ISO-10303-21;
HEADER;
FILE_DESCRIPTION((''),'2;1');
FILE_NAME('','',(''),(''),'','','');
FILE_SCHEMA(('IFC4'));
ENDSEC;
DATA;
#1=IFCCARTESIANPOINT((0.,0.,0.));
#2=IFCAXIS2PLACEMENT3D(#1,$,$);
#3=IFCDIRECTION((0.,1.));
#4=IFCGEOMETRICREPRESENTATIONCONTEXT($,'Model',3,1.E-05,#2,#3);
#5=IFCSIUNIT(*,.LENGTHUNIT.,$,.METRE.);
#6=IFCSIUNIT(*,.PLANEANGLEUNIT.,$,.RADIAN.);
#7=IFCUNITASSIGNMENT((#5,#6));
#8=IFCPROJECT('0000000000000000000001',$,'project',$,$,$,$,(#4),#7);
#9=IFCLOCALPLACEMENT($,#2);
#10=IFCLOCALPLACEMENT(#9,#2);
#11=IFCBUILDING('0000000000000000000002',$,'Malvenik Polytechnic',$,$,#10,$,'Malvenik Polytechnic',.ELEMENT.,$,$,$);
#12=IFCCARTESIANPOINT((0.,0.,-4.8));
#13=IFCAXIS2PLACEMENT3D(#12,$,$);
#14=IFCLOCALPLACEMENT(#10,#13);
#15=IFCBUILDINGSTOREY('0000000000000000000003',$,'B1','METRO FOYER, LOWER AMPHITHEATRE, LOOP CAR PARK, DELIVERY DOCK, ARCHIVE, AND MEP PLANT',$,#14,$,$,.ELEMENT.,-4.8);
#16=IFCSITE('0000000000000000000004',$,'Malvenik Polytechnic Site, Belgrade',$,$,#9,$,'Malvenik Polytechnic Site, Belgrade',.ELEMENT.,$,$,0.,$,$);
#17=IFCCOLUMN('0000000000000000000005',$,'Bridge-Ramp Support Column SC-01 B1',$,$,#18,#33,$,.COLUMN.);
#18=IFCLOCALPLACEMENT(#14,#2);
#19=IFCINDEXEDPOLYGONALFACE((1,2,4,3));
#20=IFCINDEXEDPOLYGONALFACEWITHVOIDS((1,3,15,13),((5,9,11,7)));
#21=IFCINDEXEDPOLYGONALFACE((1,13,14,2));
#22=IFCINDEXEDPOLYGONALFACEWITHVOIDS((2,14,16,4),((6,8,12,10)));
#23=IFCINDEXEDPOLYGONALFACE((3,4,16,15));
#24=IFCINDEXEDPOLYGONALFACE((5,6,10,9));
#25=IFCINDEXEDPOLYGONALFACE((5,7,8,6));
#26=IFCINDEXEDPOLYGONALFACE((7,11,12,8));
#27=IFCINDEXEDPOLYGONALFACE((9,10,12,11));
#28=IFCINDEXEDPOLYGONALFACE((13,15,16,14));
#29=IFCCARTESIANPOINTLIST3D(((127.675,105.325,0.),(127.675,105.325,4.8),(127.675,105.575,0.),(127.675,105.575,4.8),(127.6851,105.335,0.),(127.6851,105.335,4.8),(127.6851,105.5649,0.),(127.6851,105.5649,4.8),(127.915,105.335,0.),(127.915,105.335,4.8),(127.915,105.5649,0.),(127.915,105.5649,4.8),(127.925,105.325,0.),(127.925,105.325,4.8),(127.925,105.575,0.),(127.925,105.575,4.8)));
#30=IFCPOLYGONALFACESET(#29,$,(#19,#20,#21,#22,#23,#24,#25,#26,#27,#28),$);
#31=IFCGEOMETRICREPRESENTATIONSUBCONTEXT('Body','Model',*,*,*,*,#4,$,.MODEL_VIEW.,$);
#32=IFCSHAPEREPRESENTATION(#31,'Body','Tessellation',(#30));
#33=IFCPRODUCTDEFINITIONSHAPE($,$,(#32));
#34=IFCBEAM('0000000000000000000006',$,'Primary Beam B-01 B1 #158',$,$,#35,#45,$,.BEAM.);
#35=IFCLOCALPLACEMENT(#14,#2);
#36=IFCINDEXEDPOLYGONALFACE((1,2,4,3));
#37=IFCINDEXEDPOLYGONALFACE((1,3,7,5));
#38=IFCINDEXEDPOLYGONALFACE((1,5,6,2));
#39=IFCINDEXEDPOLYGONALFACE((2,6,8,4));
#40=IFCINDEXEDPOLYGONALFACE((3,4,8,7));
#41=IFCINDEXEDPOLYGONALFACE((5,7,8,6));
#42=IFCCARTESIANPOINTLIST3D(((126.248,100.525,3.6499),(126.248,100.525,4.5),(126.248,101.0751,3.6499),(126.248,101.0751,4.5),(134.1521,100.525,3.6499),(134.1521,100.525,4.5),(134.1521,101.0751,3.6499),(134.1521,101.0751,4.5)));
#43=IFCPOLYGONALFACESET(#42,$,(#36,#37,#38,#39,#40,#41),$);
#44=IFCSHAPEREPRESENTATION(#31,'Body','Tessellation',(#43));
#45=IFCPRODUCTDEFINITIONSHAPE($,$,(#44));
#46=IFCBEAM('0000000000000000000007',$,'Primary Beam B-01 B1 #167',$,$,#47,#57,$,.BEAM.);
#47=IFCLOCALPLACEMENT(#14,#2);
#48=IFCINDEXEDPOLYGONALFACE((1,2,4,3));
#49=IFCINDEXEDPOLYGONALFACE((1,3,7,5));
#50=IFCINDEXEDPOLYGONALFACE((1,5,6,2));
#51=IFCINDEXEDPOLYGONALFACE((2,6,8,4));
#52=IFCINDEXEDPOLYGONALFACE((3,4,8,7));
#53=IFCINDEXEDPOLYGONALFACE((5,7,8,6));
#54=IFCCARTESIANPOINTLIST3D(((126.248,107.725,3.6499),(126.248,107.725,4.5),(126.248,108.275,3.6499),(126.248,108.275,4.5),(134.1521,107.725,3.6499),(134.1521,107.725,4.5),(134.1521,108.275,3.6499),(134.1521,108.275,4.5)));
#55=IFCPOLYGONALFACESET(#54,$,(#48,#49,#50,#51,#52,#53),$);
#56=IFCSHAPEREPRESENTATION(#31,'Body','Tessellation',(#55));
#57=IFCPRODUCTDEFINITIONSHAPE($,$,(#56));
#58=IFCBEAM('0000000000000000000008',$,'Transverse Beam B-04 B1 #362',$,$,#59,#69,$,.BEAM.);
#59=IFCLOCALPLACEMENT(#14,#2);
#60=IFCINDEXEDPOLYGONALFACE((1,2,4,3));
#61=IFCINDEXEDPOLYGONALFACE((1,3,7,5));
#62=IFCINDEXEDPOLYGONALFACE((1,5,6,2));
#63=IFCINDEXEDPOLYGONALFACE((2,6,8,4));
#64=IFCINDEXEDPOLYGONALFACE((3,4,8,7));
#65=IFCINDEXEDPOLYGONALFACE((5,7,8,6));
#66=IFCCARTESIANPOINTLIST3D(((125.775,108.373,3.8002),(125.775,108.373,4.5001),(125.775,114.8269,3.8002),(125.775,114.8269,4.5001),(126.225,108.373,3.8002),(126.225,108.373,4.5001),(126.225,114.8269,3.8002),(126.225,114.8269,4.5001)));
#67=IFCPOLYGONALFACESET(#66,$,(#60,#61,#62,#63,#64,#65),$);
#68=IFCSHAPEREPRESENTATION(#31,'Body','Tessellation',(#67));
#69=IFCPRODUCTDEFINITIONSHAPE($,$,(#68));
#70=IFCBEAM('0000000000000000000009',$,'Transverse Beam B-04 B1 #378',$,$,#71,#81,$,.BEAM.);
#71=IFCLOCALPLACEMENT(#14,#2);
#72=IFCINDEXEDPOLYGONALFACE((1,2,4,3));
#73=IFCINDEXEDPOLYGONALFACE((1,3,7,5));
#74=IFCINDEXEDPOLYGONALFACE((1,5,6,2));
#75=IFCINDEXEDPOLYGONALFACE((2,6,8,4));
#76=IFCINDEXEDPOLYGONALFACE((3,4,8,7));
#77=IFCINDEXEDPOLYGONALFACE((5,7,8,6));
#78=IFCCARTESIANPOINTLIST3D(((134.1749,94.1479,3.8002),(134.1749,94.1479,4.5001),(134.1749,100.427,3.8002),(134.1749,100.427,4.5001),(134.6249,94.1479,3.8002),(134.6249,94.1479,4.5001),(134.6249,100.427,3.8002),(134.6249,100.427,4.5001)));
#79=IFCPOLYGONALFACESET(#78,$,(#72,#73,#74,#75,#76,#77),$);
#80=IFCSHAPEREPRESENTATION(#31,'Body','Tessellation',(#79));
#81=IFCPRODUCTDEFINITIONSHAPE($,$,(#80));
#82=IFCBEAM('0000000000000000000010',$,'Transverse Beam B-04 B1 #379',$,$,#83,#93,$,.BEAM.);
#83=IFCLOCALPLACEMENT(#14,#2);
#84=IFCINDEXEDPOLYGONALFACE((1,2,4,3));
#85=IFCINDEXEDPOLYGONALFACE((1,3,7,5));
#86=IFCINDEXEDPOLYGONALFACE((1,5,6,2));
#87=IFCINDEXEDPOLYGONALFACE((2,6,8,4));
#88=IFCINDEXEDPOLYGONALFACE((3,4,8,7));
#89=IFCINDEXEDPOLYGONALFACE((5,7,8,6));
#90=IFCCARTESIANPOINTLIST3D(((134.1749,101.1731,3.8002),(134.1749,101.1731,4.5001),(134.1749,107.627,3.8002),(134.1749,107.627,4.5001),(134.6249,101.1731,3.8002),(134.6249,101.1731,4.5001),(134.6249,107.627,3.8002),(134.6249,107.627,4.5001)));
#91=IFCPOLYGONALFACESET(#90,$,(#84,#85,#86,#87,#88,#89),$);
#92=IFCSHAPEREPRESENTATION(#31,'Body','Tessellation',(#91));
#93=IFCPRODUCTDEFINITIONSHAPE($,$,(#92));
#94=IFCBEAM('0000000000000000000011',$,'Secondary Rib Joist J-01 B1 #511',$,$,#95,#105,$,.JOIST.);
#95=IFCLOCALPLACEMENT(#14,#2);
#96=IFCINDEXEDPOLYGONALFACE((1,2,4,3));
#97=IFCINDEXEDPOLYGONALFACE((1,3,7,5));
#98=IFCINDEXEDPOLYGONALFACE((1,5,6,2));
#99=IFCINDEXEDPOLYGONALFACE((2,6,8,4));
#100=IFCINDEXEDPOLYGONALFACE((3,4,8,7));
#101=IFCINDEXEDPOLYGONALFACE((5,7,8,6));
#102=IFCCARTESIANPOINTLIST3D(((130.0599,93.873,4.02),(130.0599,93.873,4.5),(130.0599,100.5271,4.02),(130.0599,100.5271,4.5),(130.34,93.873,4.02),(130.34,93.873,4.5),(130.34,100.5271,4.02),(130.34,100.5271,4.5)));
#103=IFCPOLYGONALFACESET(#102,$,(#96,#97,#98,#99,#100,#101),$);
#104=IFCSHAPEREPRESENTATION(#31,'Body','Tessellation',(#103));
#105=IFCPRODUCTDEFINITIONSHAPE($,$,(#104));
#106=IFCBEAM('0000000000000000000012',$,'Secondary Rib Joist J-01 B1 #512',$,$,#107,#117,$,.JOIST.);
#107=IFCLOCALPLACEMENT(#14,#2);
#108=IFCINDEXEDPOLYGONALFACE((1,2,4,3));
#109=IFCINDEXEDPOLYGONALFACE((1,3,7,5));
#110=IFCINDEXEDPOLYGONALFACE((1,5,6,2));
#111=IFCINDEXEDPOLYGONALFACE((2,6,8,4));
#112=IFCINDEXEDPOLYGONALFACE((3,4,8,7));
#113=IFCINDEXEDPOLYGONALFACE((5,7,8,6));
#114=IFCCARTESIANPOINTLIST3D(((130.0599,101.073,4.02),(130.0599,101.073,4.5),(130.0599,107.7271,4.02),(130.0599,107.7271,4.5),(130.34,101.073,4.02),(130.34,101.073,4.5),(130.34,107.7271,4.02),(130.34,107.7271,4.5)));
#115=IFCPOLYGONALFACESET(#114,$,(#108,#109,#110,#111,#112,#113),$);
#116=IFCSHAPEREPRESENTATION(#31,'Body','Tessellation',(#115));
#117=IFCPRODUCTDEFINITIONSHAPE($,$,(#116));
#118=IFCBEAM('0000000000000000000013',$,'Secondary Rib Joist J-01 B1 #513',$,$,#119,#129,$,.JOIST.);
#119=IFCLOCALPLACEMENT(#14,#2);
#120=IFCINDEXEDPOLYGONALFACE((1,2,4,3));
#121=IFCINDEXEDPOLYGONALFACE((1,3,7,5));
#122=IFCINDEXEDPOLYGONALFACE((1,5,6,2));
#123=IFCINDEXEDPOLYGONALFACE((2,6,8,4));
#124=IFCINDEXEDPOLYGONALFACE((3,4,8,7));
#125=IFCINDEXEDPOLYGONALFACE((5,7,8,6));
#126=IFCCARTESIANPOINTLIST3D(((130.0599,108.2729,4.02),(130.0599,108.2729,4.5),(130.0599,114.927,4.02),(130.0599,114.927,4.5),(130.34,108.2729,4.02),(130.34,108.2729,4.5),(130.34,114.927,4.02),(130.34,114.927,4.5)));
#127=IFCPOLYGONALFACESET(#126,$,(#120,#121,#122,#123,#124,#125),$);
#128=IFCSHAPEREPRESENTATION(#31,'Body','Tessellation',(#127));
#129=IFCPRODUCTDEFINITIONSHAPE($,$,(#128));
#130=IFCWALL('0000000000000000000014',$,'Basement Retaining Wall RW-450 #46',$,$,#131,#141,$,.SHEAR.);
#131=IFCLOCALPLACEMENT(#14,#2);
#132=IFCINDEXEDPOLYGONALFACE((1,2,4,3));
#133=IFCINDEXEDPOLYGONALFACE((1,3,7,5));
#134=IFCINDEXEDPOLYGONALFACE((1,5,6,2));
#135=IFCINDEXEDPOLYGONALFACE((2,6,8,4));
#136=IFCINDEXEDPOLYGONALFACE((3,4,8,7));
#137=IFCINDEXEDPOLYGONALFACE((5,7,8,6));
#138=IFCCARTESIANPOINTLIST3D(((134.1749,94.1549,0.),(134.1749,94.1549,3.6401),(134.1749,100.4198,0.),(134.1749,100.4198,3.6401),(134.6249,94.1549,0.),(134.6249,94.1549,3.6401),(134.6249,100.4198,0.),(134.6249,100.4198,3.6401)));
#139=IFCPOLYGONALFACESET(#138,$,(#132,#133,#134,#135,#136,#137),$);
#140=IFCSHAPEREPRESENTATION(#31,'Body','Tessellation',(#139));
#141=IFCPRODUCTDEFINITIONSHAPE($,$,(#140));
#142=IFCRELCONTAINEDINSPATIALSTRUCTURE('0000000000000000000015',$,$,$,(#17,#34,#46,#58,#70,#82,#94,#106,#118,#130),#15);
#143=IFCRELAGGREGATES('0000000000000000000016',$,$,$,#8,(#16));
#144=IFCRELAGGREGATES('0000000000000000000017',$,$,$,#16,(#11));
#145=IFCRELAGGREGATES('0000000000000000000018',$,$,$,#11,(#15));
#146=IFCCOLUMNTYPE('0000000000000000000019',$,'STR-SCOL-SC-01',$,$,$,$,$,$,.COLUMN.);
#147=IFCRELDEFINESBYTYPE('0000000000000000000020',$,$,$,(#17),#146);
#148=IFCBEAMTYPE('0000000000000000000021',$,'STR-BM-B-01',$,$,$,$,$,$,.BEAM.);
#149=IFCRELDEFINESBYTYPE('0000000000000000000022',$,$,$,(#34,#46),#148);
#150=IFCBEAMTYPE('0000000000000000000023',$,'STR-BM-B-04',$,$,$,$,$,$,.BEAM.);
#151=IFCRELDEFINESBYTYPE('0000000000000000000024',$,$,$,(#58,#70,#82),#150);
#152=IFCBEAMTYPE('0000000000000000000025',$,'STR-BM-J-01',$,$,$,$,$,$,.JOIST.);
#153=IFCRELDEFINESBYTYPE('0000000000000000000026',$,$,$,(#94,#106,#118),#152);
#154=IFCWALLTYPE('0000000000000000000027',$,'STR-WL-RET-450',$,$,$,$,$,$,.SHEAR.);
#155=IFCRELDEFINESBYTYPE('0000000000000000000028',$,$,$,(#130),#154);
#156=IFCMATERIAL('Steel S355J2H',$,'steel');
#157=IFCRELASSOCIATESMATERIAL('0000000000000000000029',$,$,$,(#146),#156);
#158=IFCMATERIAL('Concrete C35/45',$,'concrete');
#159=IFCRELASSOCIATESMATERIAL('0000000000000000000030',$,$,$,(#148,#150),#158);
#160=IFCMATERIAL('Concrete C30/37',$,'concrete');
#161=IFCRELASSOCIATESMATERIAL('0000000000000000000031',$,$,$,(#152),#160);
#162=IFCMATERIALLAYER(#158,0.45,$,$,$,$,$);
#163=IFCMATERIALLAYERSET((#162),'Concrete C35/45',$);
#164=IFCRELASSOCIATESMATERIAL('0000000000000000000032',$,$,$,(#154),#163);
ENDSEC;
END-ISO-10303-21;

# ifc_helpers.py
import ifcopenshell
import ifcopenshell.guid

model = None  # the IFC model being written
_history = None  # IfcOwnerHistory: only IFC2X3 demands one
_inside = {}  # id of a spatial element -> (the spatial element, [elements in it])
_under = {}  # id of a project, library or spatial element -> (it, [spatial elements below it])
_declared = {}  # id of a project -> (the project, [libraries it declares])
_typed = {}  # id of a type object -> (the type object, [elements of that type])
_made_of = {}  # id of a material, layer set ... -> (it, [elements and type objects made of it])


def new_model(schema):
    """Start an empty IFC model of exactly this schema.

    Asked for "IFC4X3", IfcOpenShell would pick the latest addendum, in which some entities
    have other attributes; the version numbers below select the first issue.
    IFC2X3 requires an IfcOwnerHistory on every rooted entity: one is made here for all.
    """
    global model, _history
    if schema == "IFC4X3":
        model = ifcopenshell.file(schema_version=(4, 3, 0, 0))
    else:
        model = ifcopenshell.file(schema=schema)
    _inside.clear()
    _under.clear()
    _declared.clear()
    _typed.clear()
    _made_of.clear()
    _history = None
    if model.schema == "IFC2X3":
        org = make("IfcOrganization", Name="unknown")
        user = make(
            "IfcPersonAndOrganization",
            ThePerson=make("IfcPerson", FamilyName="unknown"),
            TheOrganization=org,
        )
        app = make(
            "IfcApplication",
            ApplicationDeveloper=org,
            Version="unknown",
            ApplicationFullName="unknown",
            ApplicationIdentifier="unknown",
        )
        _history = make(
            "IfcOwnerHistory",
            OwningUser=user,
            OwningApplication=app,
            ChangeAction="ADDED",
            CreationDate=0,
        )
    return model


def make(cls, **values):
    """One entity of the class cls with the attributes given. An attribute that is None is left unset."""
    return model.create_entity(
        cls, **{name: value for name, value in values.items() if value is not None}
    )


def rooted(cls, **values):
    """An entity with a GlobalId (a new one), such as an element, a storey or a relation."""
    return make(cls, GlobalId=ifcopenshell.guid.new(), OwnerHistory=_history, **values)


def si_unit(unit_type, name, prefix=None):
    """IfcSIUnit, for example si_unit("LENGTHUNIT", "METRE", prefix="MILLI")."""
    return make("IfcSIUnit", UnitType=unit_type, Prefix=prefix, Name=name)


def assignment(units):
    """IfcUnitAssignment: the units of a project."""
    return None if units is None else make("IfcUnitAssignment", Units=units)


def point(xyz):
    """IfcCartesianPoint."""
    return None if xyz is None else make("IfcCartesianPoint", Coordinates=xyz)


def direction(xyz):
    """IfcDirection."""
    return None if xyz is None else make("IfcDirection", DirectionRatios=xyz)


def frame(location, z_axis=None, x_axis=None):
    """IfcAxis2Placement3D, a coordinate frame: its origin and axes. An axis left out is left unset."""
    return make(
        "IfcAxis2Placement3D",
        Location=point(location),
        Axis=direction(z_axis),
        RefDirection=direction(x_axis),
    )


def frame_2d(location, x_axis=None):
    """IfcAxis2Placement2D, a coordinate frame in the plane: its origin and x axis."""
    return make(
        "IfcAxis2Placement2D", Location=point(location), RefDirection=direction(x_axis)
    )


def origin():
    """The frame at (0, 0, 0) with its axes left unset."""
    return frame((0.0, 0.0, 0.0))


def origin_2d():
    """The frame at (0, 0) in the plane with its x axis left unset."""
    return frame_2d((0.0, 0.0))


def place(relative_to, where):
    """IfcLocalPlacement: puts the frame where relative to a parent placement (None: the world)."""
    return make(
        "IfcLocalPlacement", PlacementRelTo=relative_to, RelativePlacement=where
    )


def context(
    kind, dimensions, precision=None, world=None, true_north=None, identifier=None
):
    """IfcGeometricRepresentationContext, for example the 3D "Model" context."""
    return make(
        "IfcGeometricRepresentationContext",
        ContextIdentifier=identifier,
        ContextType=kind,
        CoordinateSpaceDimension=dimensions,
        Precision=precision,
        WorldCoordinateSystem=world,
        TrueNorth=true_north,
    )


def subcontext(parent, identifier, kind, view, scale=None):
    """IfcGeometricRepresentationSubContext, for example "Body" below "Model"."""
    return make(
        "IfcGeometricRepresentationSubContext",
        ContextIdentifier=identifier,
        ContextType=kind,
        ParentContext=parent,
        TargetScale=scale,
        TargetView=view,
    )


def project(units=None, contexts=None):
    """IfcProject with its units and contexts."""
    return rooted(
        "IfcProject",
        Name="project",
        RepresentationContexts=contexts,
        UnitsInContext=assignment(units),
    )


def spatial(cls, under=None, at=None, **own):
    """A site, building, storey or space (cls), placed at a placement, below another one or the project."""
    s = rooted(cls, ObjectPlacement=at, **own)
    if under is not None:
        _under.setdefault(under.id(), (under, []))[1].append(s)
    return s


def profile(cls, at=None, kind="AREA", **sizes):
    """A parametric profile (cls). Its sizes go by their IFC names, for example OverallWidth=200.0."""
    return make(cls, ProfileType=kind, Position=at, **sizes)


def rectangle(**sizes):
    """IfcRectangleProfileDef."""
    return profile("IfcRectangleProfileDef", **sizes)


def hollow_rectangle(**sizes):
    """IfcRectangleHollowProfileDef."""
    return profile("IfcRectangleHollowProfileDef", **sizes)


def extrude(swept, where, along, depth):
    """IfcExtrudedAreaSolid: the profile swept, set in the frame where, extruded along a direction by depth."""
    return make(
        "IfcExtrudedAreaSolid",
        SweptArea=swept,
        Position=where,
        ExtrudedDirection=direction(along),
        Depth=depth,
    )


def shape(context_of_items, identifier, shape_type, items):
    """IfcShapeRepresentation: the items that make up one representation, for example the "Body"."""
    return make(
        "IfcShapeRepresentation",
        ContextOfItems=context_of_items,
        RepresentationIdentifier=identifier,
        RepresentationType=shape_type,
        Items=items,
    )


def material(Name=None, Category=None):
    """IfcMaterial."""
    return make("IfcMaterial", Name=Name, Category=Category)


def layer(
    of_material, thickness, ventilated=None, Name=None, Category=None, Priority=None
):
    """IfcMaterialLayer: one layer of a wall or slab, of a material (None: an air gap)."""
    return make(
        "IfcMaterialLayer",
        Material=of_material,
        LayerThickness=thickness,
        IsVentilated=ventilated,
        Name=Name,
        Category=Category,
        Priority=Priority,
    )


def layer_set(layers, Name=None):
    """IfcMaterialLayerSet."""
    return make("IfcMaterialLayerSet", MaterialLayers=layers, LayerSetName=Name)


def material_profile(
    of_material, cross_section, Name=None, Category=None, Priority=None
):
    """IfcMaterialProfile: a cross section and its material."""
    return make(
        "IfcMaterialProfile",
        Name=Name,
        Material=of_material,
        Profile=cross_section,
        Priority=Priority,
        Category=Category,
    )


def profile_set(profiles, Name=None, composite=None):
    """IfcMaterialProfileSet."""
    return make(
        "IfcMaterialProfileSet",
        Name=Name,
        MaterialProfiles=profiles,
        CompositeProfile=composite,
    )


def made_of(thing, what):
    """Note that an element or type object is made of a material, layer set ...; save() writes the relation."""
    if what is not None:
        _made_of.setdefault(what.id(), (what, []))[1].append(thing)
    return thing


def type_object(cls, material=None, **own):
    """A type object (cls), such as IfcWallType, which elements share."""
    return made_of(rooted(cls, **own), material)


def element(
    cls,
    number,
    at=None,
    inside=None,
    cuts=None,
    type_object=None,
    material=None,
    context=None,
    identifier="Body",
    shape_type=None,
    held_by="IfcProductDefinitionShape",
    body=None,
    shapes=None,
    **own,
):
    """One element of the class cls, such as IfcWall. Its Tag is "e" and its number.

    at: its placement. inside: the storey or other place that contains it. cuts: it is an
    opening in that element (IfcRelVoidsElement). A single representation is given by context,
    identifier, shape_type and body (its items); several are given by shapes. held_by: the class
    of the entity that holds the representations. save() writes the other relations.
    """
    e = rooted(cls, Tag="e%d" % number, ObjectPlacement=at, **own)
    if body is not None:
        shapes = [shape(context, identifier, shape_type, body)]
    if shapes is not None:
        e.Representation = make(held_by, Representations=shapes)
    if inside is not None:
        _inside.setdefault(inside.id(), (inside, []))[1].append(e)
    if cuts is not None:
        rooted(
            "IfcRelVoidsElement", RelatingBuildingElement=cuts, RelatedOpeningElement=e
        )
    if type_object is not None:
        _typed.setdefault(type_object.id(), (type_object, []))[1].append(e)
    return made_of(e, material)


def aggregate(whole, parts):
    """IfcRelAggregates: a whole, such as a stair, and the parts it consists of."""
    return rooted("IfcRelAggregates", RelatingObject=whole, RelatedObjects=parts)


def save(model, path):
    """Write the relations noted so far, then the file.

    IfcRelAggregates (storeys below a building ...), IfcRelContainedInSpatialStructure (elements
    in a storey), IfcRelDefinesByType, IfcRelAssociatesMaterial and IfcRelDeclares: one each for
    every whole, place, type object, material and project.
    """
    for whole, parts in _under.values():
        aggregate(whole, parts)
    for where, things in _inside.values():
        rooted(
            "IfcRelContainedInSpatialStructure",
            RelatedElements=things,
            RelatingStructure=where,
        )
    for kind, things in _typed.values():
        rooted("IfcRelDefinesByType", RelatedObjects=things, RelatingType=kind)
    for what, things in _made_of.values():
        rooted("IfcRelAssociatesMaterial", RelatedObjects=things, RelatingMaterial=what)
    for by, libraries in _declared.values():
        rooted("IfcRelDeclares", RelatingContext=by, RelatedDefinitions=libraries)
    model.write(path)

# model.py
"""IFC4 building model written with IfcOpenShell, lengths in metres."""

from ifc_helpers import new_model, si_unit, direction, frame, frame_2d, origin, origin_2d, place, context, subcontext, project, spatial, rectangle, hollow_rectangle, extrude, material, layer, layer_set, material_profile, profile_set, type_object, element, save


model = new_model("IFC4")

# Units and contexts
model_context = context("Model", 3, precision=1e-05, world=origin(), true_north=direction((0.0, 1.0)))
body_context = subcontext(model_context, "Body", "Model", "MODEL_VIEW")
ifc_project = project(units=[si_unit("LENGTHUNIT", "METRE"), si_unit("PLANEANGLEUNIT", "RADIAN")], contexts=[model_context])

# Site, building, storey
site_placement = place(None, origin())
site = spatial("IfcSite", under=ifc_project, at=site_placement, Name="Malvenik Polytechnic Site, Belgrade", LongName="Malvenik Polytechnic Site, Belgrade", CompositionType="ELEMENT", RefElevation=0.0)
building_placement = place(site_placement, origin())
building = spatial("IfcBuilding", under=site, at=building_placement, Name="Malvenik Polytechnic", LongName="Malvenik Polytechnic", CompositionType="ELEMENT")
storey_placement = place(building_placement, frame((0.0, 0.0, -4.8)))
storey = spatial("IfcBuildingStorey", under=building, at=storey_placement, Name="B1", Description="METRO FOYER, LOWER AMPHITHEATRE, LOOP CAR PARK, DELIVERY DOCK, ARCHIVE, AND MEP PLANT", CompositionType="ELEMENT", Elevation=-4.8)

# Shared definitions
ifc_material_1 = material(Name="Concrete C35/45", Category="concrete")

# Column
ifc_material_2 = material(Name="Steel S355J2H", Category="steel")
ifc_material_profile_1 = material_profile(ifc_material_2, hollow_rectangle(XDim=0.25, YDim=0.25, WallThickness=0.01, at=origin_2d()), Name="SHS 250x250x10.0")
ifc_profile_set_1 = profile_set([ifc_material_profile_1], Name="Steel S355J2H")
column_type_1 = type_object("IfcColumnType", Name="STR-SCOL-SC-01", PredefinedType="COLUMN", material=ifc_profile_set_1)
for number, where, z_axis, x_axis, name in (
    (1, (127.8, 105.45, 0.0), (0.0, 0.0, 1.0), (1.0, 0.0, 0.0), "Bridge-Ramp Support Column SC-01 B1"),
):
    element("IfcColumn", number, at=place(storey_placement, frame(where, z_axis=z_axis, x_axis=x_axis)), inside=storey, type_object=column_type_1, Name=name, PredefinedType="COLUMN", context=body_context, shape_type="SweptSolid", body=[
        extrude(hollow_rectangle(XDim=0.25, YDim=0.25, WallThickness=0.01, at=origin_2d()), origin(), (0.0, 0.0, 1.0), 4.8),
    ])

# Beams
ifc_material_profile_2 = material_profile(ifc_material_1, rectangle(XDim=0.55, YDim=0.8501, at=origin_2d()), Name="RC BM 550x850")
ifc_profile_set_2 = profile_set([ifc_material_profile_2], Name="Concrete C35/45")
beam_type_1 = type_object("IfcBeamType", Name="STR-BM-B-01", PredefinedType="BEAM", material=ifc_profile_set_2)
for number, where, z_axis, x_axis, name in (
    (2, (126.248, 100.8, 4.075), (1.0, 0.0, 0.0), (0.0, 1.0, 0.0), "Primary Beam B-01 B1 #158"),
    (3, (126.248, 108.0, 4.075), (1.0, 0.0, 0.0), (0.0, 1.0, 0.0), "Primary Beam B-01 B1 #167"),
):
    element("IfcBeam", number, at=place(storey_placement, frame(where, z_axis=z_axis, x_axis=x_axis)), inside=storey, type_object=beam_type_1, Name=name, PredefinedType="BEAM", context=body_context, shape_type="SweptSolid", body=[
        extrude(rectangle(XDim=0.55, YDim=0.8501, at=origin_2d()), origin(), (0.0, 0.0, 1.0), 7.9041),
    ])
ifc_material_profile_3 = material_profile(ifc_material_1, rectangle(XDim=0.45, YDim=0.7, at=origin_2d()), Name="RC BM 450x700")
ifc_profile_set_3 = profile_set([ifc_material_profile_3], Name="Concrete C35/45")
beam_type_2 = type_object("IfcBeamType", Name="STR-BM-B-04", PredefinedType="BEAM", material=ifc_profile_set_3)
beam_1_placement = place(storey_placement, frame((126.0, 108.373, 4.1501), z_axis=(0.0, 1.0, 0.0), x_axis=(-1.0, 0.0, 0.0)))
element("IfcBeam", 4, at=beam_1_placement, inside=storey, type_object=beam_type_2, Name="Transverse Beam B-04 B1 #362", PredefinedType="BEAM", context=body_context, shape_type="SweptSolid", body=[
    extrude(rectangle(XDim=0.45, YDim=0.7, at=origin_2d()), origin(), (0.0, 0.0, 1.0), 6.4539),
])
beam_2_placement = place(storey_placement, frame((134.3999, 94.1479, 4.1501), z_axis=(0.0, 1.0, 0.0), x_axis=(-1.0, 0.0, 0.0)))
element("IfcBeam", 5, at=beam_2_placement, inside=storey, type_object=beam_type_2, Name="Transverse Beam B-04 B1 #378", PredefinedType="BEAM", context=body_context, shape_type="SweptSolid", body=[
    extrude(rectangle(XDim=0.45, YDim=0.7, at=origin_2d()), origin(), (0.0, 0.0, 1.0), 6.2791),
])
beam_3_placement = place(storey_placement, frame((134.3999, 101.1731, 4.1501), z_axis=(0.0, 1.0, 0.0), x_axis=(-1.0, 0.0, 0.0)))
element("IfcBeam", 6, at=beam_3_placement, inside=storey, type_object=beam_type_2, Name="Transverse Beam B-04 B1 #379", PredefinedType="BEAM", context=body_context, shape_type="SweptSolid", body=[
    extrude(rectangle(XDim=0.45, YDim=0.7, at=origin_2d()), origin(), (0.0, 0.0, 1.0), 6.4539),
])
ifc_material_3 = material(Name="Concrete C30/37", Category="concrete")
ifc_material_profile_4 = material_profile(ifc_material_3, rectangle(XDim=0.28, YDim=0.48, at=origin_2d()), Name="RC JST 280x480")
ifc_profile_set_4 = profile_set([ifc_material_profile_4], Name="Concrete C30/37")
beam_type_3 = type_object("IfcBeamType", Name="STR-BM-J-01", PredefinedType="JOIST", material=ifc_profile_set_4)
for number, where, z_axis, x_axis, name in (
    (7, (130.2, 93.873, 4.26), (0.0, 1.0, 0.0), (-1.0, 0.0, 0.0), "Secondary Rib Joist J-01 B1 #511"),
    (8, (130.2, 101.073, 4.26), (0.0, 1.0, 0.0), (-1.0, 0.0, 0.0), "Secondary Rib Joist J-01 B1 #512"),
    (9, (130.2, 108.2729, 4.26), (0.0, 1.0, 0.0), (-1.0, 0.0, 0.0), "Secondary Rib Joist J-01 B1 #513"),
):
    element("IfcBeam", number, at=place(storey_placement, frame(where, z_axis=z_axis, x_axis=x_axis)), inside=storey, type_object=beam_type_3, Name=name, PredefinedType="JOIST", context=body_context, shape_type="SweptSolid", body=[
        extrude(rectangle(XDim=0.28, YDim=0.48, at=origin_2d()), origin(), (0.0, 0.0, 1.0), 6.6541),
    ])

# Wall
ifc_layer = layer(ifc_material_1, 0.45)
ifc_layer_set = layer_set([ifc_layer], Name="Concrete C35/45")
wall_type = type_object("IfcWallType", Name="STR-WL-RET-450", PredefinedType="SHEAR", material=ifc_layer_set)
wall_placement = place(storey_placement, frame((134.3999, 94.155, 0.0), z_axis=(0.0, 0.0, 1.0), x_axis=(0.0, 1.0, 0.0)))
element("IfcWall", 10, at=wall_placement, inside=storey, type_object=wall_type, Name="Basement Retaining Wall RW-450 #46", PredefinedType="SHEAR", context=body_context, shape_type="SweptSolid", body=[
    extrude(rectangle(XDim=6.2649, YDim=0.45, at=frame_2d((3.1323, 0.0))), origin(), (0.0, 0.0, 1.0), 3.6401),
])

save(model, "model.ifc")
